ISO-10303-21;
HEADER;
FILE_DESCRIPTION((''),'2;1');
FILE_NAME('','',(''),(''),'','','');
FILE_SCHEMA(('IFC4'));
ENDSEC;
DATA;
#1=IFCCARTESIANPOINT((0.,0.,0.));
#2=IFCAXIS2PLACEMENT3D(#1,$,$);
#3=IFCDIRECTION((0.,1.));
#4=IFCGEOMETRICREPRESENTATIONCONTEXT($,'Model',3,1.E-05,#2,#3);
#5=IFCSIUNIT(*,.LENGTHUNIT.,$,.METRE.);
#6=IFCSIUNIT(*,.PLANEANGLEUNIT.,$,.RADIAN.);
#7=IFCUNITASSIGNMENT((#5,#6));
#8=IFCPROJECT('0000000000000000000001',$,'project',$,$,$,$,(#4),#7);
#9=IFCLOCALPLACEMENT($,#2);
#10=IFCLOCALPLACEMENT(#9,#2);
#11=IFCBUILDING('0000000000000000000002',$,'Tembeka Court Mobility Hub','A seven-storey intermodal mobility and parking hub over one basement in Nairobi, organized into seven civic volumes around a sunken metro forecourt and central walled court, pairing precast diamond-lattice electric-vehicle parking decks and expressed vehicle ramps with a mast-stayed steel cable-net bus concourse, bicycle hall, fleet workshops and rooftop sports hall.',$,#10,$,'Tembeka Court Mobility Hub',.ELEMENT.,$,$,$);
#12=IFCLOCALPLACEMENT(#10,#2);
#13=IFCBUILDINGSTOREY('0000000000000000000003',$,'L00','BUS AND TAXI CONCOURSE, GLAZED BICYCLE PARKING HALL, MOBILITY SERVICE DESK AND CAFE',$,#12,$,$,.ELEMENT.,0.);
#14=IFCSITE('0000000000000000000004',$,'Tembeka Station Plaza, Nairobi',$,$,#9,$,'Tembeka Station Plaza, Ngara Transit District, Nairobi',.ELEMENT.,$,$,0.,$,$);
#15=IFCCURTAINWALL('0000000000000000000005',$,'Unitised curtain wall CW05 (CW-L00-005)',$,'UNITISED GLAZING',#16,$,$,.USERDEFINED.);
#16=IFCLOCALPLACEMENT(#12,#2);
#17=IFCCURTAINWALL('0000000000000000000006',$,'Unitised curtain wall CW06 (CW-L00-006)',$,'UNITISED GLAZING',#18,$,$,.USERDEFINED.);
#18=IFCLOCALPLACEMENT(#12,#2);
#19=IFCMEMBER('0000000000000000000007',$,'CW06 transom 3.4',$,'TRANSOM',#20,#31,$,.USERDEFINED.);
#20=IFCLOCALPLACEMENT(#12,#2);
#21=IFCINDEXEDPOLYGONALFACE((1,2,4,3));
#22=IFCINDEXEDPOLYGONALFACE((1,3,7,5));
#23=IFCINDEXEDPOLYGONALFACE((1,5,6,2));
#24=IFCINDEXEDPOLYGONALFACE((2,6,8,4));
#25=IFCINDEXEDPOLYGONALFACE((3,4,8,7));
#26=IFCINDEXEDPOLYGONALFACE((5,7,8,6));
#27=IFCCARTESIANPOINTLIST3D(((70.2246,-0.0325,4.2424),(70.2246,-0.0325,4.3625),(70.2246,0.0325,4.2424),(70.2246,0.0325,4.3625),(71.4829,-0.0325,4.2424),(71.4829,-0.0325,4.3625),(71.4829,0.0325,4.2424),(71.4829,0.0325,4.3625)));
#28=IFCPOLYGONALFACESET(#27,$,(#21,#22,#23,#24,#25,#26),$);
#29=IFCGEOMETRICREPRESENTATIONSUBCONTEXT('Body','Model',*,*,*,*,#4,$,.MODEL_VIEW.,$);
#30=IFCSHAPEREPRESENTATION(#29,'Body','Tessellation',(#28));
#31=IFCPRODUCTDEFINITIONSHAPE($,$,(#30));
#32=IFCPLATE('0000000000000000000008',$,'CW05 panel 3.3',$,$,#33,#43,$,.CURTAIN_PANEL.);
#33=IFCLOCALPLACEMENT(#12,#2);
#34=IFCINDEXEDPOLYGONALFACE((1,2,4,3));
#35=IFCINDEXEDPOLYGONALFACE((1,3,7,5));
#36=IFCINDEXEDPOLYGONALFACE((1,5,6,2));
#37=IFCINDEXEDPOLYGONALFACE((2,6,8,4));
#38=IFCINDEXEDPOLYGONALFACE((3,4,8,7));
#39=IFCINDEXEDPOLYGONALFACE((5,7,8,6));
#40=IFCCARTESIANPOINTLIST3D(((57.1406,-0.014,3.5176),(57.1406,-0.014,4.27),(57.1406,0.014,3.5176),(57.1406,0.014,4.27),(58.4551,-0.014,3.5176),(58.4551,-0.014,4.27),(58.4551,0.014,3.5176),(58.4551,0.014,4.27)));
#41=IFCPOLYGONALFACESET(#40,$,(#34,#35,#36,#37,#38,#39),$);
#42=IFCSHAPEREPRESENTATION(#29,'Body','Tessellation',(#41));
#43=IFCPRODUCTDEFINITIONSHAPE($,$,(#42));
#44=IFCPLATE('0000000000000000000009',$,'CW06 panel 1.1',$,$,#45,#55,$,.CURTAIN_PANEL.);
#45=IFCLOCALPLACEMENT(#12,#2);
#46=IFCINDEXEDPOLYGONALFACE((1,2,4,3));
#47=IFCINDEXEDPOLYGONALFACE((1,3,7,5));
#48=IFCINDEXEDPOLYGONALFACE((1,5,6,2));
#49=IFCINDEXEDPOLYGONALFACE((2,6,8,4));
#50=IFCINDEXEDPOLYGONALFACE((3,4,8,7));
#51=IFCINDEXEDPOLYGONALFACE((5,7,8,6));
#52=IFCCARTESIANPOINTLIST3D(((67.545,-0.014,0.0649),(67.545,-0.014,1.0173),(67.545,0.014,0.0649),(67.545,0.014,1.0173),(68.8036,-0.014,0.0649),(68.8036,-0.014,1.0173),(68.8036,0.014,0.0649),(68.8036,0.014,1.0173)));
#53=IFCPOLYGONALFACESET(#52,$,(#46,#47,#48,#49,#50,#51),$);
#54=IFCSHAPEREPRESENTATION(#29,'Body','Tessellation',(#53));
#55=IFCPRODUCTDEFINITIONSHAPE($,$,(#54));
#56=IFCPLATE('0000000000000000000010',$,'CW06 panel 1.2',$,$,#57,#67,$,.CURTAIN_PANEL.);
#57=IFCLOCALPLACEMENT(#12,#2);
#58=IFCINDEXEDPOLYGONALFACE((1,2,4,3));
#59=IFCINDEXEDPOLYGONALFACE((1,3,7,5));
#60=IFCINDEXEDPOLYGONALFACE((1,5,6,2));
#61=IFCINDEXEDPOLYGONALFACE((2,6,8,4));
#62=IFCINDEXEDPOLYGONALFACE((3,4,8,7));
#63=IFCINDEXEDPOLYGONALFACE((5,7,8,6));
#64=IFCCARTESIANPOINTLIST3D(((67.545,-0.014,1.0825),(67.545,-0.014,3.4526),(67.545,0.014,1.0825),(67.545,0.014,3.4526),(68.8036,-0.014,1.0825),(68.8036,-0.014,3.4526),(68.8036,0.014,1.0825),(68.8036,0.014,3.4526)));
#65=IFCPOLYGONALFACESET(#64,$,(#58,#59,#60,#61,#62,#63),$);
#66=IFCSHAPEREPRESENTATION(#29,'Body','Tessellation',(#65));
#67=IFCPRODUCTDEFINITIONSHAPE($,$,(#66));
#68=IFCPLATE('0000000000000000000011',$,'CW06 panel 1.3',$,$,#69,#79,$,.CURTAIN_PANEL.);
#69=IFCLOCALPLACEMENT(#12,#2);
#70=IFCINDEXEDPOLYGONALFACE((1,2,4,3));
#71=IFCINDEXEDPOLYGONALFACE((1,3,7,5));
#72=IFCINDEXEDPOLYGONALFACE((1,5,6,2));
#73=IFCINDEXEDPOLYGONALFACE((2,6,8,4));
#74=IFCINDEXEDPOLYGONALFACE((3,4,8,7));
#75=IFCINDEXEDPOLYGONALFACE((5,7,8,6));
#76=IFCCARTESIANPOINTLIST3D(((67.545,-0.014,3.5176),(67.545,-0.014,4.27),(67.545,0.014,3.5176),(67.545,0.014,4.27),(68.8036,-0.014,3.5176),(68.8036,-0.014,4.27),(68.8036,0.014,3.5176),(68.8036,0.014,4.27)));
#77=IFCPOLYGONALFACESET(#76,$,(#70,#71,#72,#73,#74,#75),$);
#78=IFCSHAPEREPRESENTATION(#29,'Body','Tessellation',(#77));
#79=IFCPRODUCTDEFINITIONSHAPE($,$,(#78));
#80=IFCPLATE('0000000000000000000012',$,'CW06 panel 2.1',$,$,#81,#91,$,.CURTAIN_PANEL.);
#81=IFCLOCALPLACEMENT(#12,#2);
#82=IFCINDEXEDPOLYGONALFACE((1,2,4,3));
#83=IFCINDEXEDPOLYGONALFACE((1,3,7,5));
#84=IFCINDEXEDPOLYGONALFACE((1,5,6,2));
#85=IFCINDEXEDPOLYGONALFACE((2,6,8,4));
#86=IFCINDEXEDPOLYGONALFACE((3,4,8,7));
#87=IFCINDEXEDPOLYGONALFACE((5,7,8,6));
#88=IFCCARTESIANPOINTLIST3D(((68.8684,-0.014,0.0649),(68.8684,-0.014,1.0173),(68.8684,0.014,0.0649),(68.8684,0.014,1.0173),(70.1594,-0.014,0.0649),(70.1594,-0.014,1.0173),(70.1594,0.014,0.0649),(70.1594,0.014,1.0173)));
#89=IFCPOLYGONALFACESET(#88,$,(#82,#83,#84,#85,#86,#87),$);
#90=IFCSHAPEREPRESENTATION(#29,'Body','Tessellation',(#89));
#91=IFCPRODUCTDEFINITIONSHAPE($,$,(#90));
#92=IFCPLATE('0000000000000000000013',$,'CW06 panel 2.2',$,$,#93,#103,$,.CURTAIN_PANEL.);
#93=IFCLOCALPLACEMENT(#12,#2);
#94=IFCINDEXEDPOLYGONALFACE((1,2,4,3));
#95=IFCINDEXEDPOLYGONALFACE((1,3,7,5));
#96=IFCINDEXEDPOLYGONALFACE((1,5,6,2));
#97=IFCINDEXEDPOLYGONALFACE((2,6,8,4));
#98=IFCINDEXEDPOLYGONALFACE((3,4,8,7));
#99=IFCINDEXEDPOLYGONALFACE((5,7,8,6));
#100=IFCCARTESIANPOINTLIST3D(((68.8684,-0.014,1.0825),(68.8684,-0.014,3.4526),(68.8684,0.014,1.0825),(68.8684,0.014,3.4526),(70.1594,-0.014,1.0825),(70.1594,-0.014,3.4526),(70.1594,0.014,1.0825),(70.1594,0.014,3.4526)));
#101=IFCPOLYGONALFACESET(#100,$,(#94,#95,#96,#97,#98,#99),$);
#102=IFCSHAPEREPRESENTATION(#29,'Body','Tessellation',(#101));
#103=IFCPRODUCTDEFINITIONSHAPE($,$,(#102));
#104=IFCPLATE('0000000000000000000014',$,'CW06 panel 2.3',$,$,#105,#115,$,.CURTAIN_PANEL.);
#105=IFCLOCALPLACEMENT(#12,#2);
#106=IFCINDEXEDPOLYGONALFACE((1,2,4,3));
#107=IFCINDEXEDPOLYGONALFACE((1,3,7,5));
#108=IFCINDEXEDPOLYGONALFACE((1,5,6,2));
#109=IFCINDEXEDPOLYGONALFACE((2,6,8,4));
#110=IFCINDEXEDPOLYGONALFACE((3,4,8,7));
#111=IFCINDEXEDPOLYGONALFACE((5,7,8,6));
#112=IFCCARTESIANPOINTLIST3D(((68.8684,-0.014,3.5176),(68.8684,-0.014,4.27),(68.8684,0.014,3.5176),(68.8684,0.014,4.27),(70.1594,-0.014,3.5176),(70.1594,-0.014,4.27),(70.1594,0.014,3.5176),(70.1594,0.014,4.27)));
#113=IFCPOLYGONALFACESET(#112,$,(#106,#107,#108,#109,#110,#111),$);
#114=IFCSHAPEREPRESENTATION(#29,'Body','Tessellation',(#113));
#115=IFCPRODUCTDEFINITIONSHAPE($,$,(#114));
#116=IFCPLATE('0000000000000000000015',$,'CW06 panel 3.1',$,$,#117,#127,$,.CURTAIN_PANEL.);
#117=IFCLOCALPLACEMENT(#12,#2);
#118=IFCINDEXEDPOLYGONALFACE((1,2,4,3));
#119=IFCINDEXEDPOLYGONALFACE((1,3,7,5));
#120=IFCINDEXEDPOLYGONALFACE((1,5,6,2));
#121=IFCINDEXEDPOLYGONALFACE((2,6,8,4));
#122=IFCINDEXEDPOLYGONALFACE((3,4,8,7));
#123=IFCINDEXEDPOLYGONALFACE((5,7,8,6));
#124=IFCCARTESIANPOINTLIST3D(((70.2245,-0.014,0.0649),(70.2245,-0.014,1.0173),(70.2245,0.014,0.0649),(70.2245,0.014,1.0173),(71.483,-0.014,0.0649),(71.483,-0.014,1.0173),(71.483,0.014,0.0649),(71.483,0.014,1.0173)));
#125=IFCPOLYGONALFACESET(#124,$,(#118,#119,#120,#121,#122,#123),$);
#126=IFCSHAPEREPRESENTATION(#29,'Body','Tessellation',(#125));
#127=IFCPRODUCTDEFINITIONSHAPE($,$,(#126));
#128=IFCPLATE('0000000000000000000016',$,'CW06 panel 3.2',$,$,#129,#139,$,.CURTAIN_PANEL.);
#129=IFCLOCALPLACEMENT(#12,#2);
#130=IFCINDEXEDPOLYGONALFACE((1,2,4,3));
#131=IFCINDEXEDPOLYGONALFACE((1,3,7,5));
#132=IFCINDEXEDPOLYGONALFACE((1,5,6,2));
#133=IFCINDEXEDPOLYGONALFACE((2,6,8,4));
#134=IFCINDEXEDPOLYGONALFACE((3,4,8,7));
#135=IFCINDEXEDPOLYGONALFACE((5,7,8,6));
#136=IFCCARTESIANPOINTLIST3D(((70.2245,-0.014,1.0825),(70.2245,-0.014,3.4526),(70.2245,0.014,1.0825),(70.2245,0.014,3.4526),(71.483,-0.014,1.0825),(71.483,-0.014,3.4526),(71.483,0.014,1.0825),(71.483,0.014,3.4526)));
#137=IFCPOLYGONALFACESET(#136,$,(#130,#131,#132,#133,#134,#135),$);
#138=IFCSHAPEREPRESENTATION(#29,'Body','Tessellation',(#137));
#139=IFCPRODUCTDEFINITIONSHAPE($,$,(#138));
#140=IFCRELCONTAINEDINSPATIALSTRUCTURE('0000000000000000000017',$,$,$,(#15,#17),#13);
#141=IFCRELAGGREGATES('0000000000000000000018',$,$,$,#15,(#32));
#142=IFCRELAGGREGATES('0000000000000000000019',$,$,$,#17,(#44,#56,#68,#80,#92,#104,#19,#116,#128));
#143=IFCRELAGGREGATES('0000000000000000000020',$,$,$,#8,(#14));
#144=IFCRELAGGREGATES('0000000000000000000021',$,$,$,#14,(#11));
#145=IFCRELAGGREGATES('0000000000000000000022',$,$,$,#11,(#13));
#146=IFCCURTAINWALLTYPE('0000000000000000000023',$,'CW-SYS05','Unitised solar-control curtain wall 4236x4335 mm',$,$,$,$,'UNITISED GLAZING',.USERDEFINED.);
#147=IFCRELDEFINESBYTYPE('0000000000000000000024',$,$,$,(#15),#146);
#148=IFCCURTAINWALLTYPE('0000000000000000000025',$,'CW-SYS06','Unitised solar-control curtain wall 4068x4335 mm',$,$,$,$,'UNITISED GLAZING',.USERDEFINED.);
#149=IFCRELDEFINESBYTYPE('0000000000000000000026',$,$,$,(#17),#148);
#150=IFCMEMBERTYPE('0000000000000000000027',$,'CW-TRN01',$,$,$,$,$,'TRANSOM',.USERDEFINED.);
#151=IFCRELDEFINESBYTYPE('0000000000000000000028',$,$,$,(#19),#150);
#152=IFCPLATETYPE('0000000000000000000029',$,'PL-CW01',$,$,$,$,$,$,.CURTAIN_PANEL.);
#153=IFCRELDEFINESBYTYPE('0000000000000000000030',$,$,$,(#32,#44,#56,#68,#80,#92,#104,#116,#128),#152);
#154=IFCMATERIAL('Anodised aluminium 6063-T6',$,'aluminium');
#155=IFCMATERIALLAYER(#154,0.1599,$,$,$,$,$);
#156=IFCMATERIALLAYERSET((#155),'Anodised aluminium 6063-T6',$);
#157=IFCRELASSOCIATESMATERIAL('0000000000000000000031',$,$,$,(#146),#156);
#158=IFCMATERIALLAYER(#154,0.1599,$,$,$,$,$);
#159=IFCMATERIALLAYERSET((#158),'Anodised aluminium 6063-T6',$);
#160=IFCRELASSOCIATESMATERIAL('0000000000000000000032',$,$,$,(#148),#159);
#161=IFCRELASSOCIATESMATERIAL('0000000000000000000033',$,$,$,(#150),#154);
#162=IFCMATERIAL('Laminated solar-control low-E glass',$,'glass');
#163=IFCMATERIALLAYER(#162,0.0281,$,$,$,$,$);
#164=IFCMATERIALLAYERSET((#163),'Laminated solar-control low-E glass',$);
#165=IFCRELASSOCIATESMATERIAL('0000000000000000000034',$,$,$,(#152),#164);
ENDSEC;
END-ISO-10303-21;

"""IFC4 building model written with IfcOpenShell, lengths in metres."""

from ifc_helpers import new_model, si_unit, direction, frame, origin, origin_2d, place, context, subcontext, project, spatial, rectangle, extrude, material, layer, layer_set, material_profile, profile_set, type_object, element, aggregate, save


model = new_model("IFC4")

# Units and contexts
model_context = context("Model", 3, precision=1e-05, world=origin(), true_north=direction((0.0, 1.0)))
body_context = subcontext(model_context, "Body", "Model", "MODEL_VIEW")
ifc_project = project(units=[si_unit("LENGTHUNIT", "METRE"), si_unit("PLANEANGLEUNIT", "RADIAN")], contexts=[model_context])

# Site, building, storey
site_placement = place(None, origin())
site = spatial("IfcSite", under=ifc_project, at=site_placement, Name="Tembeka Station Plaza, Nairobi", LongName="Tembeka Station Plaza, Ngara Transit District, Nairobi", CompositionType="ELEMENT", RefElevation=0.0)
building_placement = place(site_placement, origin())
building = spatial("IfcBuilding", under=site, at=building_placement, Name="Tembeka Court Mobility Hub", Description="A seven-storey intermodal mobility and parking hub over one basement in Nairobi, organized into seven civic volumes around a sunken metro forecourt and central walled court, pairing precast diamond-lattice electric-vehicle parking decks and expressed vehicle ramps with a mast-stayed steel cable-net bus concourse, bicycle hall, fleet workshops and rooftop sports hall.", LongName="Tembeka Court Mobility Hub", CompositionType="ELEMENT")
storey_placement = place(building_placement, origin())
storey = spatial("IfcBuildingStorey", under=building, at=storey_placement, Name="L00", Description="BUS AND TAXI CONCOURSE, GLAZED BICYCLE PARKING HALL, MOBILITY SERVICE DESK AND CAFE", CompositionType="ELEMENT", Elevation=0.0)

# Curtain wall
ifc_material_1 = material(Name="Anodised aluminium 6063-T6", Category="aluminium")
ifc_layer_1 = layer(ifc_material_1, 0.1599)
ifc_layer_set_1 = layer_set([ifc_layer_1], Name="Anodised aluminium 6063-T6")
curtain_wall_type_1 = type_object("IfcCurtainWallType", Name="CW-SYS05", Description="Unitised solar-control curtain wall 4236x4335 mm", ElementType="UNITISED GLAZING", PredefinedType="USERDEFINED", material=ifc_layer_set_1)
curtain_wall_1_placement = place(storey_placement, origin())
curtain_wall_1 = element("IfcCurtainWall", 1, at=curtain_wall_1_placement, inside=storey, type_object=curtain_wall_type_1, Name="Unitised curtain wall CW05 (CW-L00-005)", ObjectType="UNITISED GLAZING", PredefinedType="USERDEFINED")

# Curtain wall, member
ifc_layer_2 = layer(ifc_material_1, 0.1599)
ifc_layer_set_2 = layer_set([ifc_layer_2], Name="Anodised aluminium 6063-T6")
curtain_wall_type_2 = type_object("IfcCurtainWallType", Name="CW-SYS06", Description="Unitised solar-control curtain wall 4068x4335 mm", ElementType="UNITISED GLAZING", PredefinedType="USERDEFINED", material=ifc_layer_set_2)
curtain_wall_2_placement = place(storey_placement, origin())
curtain_wall_2 = element("IfcCurtainWall", 2, at=curtain_wall_2_placement, inside=storey, type_object=curtain_wall_type_2, Name="Unitised curtain wall CW06 (CW-L00-006)", ObjectType="UNITISED GLAZING", PredefinedType="USERDEFINED")
ifc_material_profile_1 = material_profile(ifc_material_1, rectangle(XDim=0.0649, YDim=0.1201, at=origin_2d()), Name="ALU-TRN 65x120")
ifc_profile_set_1 = profile_set([ifc_material_profile_1], Name="Anodised aluminium 6063-T6")
member_type_1 = type_object("IfcMemberType", Name="CW-TRN01", ElementType="TRANSOM", PredefinedType="USERDEFINED", material=ifc_profile_set_1)
member_1_placement = place(storey_placement, frame((70.2246, 0.0, 4.3025), z_axis=(1.0, 0.0, 0.0), x_axis=(0.0, 1.0, 0.0)))
member_1 = element("IfcMember", 3, at=member_1_placement, type_object=member_type_1, Name="CW06 transom 3.4", ObjectType="TRANSOM", PredefinedType="USERDEFINED", context=body_context, shape_type="SweptSolid", body=[
    extrude(rectangle(XDim=0.0649, YDim=0.1201, at=origin_2d()), origin(), (0.0, 0.0, 1.0), 1.2583),
])

# Plates
ifc_material_2 = material(Name="Laminated solar-control low-E glass", Category="glass")
ifc_layer_3 = layer(ifc_material_2, 0.0281)
ifc_layer_set_3 = layer_set([ifc_layer_3], Name="Laminated solar-control low-E glass")
plate_type = type_object("IfcPlateType", Name="PL-CW01", PredefinedType="CURTAIN_PANEL", material=ifc_layer_set_3)
plate_1_placement = place(storey_placement, frame((57.7979, 0.0, 3.5176), z_axis=(0.0, 0.0, 1.0), x_axis=(1.0, 0.0, 0.0)))
plate_1 = element("IfcPlate", 4, at=plate_1_placement, type_object=plate_type, Name="CW05 panel 3.3", PredefinedType="CURTAIN_PANEL", context=body_context, shape_type="SweptSolid", body=[
    extrude(rectangle(XDim=1.3145, YDim=0.0281, at=origin_2d()), origin(), (0.0, 0.0, 1.0), 0.7524),
])
aggregate(curtain_wall_1, [plate_1])
plate_2_placement = place(storey_placement, frame((68.1743, 0.0, 0.0649), z_axis=(0.0, 0.0, 1.0), x_axis=(1.0, 0.0, 0.0)))
plate_2 = element("IfcPlate", 5, at=plate_2_placement, type_object=plate_type, Name="CW06 panel 1.1", PredefinedType="CURTAIN_PANEL", context=body_context, shape_type="SweptSolid", body=[
    extrude(rectangle(XDim=1.2585, YDim=0.0281, at=origin_2d()), origin(), (0.0, 0.0, 1.0), 0.9524),
])
plate_3_placement = place(storey_placement, frame((68.1743, 0.0, 1.0825), z_axis=(0.0, 0.0, 1.0), x_axis=(1.0, 0.0, 0.0)))
plate_3 = element("IfcPlate", 6, at=plate_3_placement, type_object=plate_type, Name="CW06 panel 1.2", PredefinedType="CURTAIN_PANEL", context=body_context, shape_type="SweptSolid", body=[
    extrude(rectangle(XDim=1.2585, YDim=0.0281, at=origin_2d()), origin(), (0.0, 0.0, 1.0), 2.3701),
])
plate_4_placement = place(storey_placement, frame((68.1743, 0.0, 3.5176), z_axis=(0.0, 0.0, 1.0), x_axis=(1.0, 0.0, 0.0)))
plate_4 = element("IfcPlate", 7, at=plate_4_placement, type_object=plate_type, Name="CW06 panel 1.3", PredefinedType="CURTAIN_PANEL", context=body_context, shape_type="SweptSolid", body=[
    extrude(rectangle(XDim=1.2585, YDim=0.0281, at=origin_2d()), origin(), (0.0, 0.0, 1.0), 0.7524),
])
plate_5_placement = place(storey_placement, frame((69.5139, 0.0, 0.0649), z_axis=(0.0, 0.0, 1.0), x_axis=(1.0, 0.0, 0.0)))
plate_5 = element("IfcPlate", 8, at=plate_5_placement, type_object=plate_type, Name="CW06 panel 2.1", PredefinedType="CURTAIN_PANEL", context=body_context, shape_type="SweptSolid", body=[
    extrude(rectangle(XDim=1.291, YDim=0.0281, at=origin_2d()), origin(), (0.0, 0.0, 1.0), 0.9524),
])
plate_6_placement = place(storey_placement, frame((69.5139, 0.0, 1.0825), z_axis=(0.0, 0.0, 1.0), x_axis=(1.0, 0.0, 0.0)))
plate_6 = element("IfcPlate", 9, at=plate_6_placement, type_object=plate_type, Name="CW06 panel 2.2", PredefinedType="CURTAIN_PANEL", context=body_context, shape_type="SweptSolid", body=[
    extrude(rectangle(XDim=1.291, YDim=0.0281, at=origin_2d()), origin(), (0.0, 0.0, 1.0), 2.3701),
])
plate_7_placement = place(storey_placement, frame((69.5139, 0.0, 3.5176), z_axis=(0.0, 0.0, 1.0), x_axis=(1.0, 0.0, 0.0)))
plate_7 = element("IfcPlate", 10, at=plate_7_placement, type_object=plate_type, Name="CW06 panel 2.3", PredefinedType="CURTAIN_PANEL", context=body_context, shape_type="SweptSolid", body=[
    extrude(rectangle(XDim=1.291, YDim=0.0281, at=origin_2d()), origin(), (0.0, 0.0, 1.0), 0.7524),
])
plate_8_placement = place(storey_placement, frame((70.8538, 0.0, 0.0649), z_axis=(0.0, 0.0, 1.0), x_axis=(1.0, 0.0, 0.0)))
plate_8 = element("IfcPlate", 11, at=plate_8_placement, type_object=plate_type, Name="CW06 panel 3.1", PredefinedType="CURTAIN_PANEL", context=body_context, shape_type="SweptSolid", body=[
    extrude(rectangle(XDim=1.2585, YDim=0.0281, at=origin_2d()), origin(), (0.0, 0.0, 1.0), 0.9524),
])
plate_9_placement = place(storey_placement, frame((70.8538, 0.0, 1.0825), z_axis=(0.0, 0.0, 1.0), x_axis=(1.0, 0.0, 0.0)))
plate_9 = element("IfcPlate", 12, at=plate_9_placement, type_object=plate_type, Name="CW06 panel 3.2", PredefinedType="CURTAIN_PANEL", context=body_context, shape_type="SweptSolid", body=[
    extrude(rectangle(XDim=1.2585, YDim=0.0281, at=origin_2d()), origin(), (0.0, 0.0, 1.0), 2.3701),
])
aggregate(curtain_wall_2, [plate_2, plate_3, plate_4, plate_5, plate_6, plate_7, member_1, plate_8, plate_9])

save(model, "model.ifc")
